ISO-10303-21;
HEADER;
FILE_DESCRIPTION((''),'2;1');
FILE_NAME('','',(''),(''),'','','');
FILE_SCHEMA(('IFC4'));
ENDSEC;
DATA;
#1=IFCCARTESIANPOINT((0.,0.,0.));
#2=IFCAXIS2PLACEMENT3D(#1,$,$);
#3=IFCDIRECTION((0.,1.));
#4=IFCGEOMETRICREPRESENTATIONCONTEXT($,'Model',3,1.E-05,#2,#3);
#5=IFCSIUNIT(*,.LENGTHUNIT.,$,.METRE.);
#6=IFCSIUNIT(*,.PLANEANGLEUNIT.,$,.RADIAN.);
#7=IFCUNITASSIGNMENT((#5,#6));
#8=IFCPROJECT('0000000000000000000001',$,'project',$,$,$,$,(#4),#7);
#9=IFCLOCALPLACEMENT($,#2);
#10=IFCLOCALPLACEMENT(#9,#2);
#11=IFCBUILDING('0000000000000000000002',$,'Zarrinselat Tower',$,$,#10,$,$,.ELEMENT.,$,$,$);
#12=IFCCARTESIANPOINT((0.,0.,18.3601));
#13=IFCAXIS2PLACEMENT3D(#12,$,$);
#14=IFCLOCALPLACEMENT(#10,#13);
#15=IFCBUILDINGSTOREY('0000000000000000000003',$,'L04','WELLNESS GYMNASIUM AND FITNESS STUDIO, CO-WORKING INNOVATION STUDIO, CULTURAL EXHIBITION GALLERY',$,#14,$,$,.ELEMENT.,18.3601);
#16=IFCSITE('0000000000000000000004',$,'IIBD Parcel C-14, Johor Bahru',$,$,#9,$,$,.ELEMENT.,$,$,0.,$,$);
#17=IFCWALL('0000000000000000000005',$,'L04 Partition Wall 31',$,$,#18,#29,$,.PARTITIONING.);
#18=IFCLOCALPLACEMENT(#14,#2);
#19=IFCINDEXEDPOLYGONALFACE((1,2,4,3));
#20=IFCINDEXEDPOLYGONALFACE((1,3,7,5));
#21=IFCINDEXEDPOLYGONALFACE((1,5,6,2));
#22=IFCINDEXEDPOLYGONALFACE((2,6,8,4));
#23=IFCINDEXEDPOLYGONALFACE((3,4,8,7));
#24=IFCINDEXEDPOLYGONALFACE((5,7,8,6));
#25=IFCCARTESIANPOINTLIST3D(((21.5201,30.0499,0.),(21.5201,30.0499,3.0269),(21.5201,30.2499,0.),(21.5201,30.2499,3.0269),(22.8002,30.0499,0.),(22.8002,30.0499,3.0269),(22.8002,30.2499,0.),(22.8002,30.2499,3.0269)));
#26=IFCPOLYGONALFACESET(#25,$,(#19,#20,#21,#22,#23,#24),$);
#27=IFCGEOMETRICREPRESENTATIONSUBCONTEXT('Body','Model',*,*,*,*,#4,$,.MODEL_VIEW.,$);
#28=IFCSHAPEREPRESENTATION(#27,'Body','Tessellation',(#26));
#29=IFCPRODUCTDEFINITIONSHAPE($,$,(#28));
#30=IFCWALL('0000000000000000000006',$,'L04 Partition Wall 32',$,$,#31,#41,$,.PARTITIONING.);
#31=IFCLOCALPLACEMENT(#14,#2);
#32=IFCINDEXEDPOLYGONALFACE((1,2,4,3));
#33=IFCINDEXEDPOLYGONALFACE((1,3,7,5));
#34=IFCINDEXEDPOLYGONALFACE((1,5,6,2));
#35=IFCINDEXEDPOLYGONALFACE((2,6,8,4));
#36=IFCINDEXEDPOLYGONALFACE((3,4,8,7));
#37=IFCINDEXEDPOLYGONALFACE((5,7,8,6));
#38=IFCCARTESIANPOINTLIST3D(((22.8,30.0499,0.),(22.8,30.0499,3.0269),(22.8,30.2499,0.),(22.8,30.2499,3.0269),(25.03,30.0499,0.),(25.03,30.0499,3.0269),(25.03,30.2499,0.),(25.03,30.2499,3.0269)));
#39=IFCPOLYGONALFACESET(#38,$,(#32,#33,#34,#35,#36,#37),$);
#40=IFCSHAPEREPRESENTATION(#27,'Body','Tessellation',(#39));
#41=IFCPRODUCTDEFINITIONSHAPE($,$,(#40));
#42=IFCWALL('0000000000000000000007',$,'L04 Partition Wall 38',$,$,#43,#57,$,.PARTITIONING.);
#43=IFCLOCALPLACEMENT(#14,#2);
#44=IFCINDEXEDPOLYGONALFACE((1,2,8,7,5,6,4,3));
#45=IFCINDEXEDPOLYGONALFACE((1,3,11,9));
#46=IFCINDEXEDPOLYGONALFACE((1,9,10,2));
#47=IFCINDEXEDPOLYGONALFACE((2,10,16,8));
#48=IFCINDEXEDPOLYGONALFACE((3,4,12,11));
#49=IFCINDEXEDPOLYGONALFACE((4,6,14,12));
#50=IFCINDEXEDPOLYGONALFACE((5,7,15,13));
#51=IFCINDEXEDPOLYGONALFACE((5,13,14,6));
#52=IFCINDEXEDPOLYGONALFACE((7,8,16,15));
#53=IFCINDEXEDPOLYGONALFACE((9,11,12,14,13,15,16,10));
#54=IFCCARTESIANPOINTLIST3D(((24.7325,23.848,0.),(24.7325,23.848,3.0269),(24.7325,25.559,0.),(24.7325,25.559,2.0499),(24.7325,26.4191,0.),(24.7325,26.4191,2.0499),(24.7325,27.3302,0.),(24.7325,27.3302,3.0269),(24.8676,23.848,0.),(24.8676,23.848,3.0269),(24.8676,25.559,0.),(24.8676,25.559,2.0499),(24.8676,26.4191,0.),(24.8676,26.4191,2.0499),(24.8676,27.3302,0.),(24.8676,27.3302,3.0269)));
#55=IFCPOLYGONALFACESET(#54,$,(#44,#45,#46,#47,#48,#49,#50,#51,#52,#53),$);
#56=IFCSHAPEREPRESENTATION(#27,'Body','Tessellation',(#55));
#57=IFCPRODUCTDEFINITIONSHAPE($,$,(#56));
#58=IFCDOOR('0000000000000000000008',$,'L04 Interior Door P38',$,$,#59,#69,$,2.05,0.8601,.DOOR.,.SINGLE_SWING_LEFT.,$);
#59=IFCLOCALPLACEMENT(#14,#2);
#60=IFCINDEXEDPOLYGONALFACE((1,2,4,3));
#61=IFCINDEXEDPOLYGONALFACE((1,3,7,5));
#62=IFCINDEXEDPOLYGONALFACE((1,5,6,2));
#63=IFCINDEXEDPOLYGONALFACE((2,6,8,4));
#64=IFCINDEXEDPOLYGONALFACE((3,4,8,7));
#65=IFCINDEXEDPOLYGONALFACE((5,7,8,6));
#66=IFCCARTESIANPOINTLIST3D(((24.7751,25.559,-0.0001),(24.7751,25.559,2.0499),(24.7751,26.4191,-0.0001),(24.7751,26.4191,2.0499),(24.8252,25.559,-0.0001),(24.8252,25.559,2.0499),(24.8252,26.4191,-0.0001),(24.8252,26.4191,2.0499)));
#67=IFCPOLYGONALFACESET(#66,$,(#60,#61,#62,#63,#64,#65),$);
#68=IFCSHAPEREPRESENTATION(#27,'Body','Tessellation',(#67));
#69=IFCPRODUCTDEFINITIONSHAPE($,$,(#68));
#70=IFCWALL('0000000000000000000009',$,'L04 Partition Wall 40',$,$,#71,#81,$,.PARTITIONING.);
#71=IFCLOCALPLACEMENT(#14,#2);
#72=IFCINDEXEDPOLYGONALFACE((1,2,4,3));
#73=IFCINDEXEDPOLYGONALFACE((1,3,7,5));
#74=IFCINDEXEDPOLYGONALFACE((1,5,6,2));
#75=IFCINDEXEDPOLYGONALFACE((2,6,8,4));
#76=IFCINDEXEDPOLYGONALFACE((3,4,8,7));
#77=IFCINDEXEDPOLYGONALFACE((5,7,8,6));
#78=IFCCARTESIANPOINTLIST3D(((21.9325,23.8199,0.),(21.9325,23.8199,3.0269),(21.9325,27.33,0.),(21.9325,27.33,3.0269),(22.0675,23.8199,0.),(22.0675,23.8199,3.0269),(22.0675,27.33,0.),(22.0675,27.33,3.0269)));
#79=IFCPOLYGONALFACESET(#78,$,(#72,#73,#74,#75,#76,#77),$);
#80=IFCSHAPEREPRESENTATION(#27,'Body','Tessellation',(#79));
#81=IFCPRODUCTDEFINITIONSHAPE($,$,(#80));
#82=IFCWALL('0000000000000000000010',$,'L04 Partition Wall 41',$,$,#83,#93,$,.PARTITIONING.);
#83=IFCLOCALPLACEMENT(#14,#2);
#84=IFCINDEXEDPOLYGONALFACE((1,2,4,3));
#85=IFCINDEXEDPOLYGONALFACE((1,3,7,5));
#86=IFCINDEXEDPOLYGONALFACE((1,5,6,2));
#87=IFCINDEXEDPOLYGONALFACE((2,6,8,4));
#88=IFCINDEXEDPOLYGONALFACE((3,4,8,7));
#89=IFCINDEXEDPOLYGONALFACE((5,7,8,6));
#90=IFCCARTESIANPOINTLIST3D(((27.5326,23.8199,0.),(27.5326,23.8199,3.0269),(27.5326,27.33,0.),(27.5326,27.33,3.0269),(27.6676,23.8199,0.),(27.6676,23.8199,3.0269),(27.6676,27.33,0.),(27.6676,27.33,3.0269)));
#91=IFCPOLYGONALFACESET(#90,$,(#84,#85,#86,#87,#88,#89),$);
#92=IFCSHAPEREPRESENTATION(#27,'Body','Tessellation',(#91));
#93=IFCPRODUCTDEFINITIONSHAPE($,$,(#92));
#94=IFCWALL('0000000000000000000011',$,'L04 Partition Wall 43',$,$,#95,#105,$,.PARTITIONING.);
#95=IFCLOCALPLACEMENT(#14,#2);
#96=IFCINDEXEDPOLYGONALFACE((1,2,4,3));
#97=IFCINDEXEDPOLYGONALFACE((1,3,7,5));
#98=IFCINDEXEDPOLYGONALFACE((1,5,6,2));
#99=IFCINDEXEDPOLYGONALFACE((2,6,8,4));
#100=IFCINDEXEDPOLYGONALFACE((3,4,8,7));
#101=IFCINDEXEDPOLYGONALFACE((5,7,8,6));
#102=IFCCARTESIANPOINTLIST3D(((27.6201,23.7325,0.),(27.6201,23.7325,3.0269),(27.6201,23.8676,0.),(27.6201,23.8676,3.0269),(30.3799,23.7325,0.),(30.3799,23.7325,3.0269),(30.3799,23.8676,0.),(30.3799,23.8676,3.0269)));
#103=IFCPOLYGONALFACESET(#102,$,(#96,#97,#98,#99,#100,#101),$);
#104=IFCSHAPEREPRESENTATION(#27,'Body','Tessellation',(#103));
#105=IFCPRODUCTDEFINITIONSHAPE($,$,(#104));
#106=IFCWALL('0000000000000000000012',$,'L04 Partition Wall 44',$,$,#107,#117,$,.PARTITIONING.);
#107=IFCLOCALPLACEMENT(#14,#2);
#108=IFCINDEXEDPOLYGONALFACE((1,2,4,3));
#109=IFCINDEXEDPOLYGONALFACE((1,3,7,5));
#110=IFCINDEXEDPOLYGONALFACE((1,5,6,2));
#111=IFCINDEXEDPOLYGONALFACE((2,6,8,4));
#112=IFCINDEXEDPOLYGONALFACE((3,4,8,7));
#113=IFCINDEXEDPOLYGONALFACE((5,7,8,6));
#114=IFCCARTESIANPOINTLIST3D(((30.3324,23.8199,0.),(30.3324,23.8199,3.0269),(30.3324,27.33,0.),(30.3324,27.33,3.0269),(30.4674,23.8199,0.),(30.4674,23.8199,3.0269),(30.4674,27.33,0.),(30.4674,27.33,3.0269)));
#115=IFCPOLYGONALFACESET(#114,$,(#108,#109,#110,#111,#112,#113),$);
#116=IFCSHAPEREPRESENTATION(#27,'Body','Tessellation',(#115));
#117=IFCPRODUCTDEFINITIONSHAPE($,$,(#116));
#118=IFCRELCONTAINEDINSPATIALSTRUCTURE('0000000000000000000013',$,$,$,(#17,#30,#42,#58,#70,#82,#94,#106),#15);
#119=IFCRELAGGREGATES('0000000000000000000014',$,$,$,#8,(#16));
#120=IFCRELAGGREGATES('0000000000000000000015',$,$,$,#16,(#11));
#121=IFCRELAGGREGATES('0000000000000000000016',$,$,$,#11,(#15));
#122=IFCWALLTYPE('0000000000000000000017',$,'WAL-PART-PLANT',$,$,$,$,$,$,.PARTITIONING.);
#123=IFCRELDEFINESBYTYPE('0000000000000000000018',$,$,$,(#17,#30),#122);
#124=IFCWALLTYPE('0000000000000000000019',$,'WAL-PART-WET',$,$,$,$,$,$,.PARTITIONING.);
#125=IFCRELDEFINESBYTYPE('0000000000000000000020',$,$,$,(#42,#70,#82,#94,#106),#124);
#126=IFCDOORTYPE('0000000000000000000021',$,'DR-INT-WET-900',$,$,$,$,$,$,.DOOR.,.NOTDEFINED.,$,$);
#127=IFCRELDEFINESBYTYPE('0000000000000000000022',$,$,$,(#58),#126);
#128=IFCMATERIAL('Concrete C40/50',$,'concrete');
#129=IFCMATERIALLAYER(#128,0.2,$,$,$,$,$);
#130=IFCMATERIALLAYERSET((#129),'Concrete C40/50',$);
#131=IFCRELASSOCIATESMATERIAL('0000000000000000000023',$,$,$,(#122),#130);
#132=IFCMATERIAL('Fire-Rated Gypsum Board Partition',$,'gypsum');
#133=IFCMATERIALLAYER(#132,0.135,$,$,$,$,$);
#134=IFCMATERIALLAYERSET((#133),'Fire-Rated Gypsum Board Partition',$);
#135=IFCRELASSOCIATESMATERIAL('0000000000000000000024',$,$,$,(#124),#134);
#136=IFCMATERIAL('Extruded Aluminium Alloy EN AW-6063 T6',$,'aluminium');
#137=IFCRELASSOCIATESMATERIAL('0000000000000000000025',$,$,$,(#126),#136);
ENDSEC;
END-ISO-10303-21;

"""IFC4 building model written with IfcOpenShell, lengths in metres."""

from ifc_helpers import new_model, si_unit, direction, frame, frame_2d, origin, place, context, subcontext, project, spatial, rectangle, extrude, material, layer, layer_set, type_object, element, fill, save


model = new_model("IFC4")

# Units and contexts
model_context = context("Model", 3, precision=1e-05, world=origin(), true_north=direction((0.0, 1.0)))
body_context = subcontext(model_context, "Body", "Model", "MODEL_VIEW")
ifc_project = project(units=[si_unit("LENGTHUNIT", "METRE"), si_unit("PLANEANGLEUNIT", "RADIAN")], contexts=[model_context])

# Site, building, storey
site_placement = place(None, origin())
site = spatial("IfcSite", under=ifc_project, at=site_placement, Name="IIBD Parcel C-14, Johor Bahru", CompositionType="ELEMENT", RefElevation=0.0)
building_placement = place(site_placement, origin())
building = spatial("IfcBuilding", under=site, at=building_placement, Name="Zarrinselat Tower", CompositionType="ELEMENT")
storey_placement = place(building_placement, frame((0.0, 0.0, 18.3601)))
storey = spatial("IfcBuildingStorey", under=building, at=storey_placement, Name="L04", Description="WELLNESS GYMNASIUM AND FITNESS STUDIO, CO-WORKING INNOVATION STUDIO, CULTURAL EXHIBITION GALLERY", CompositionType="ELEMENT", Elevation=18.3601)

# Shared definitions
ifc_material_1 = material(Name="Concrete C40/50", Category="concrete")
ifc_layer_1 = layer(ifc_material_1, 0.2)
ifc_layer_set_1 = layer_set([ifc_layer_1], Name="Concrete C40/50")
wall_type_1 = type_object("IfcWallType", Name="WAL-PART-PLANT", PredefinedType="PARTITIONING", material=ifc_layer_set_1)

# Walls
wall_1_placement = place(storey_placement, frame((21.52, 30.1499, 0.0), z_axis=(0.0, 0.0, 1.0), x_axis=(1.0, 0.0, 0.0)))
element("IfcWall", 1, at=wall_1_placement, inside=storey, type_object=wall_type_1, Name="L04 Partition Wall 31", PredefinedType="PARTITIONING", context=body_context, shape_type="SweptSolid", body=[
    extrude(rectangle(XDim=1.28, YDim=0.2, at=frame_2d((0.6401, 0.0))), origin(), (0.0, 0.0, 1.0), 3.0269),
])
wall_2_placement = place(storey_placement, frame((22.8, 30.1499, 0.0), z_axis=(0.0, 0.0, 1.0), x_axis=(1.0, 0.0, 0.0)))
element("IfcWall", 2, at=wall_2_placement, inside=storey, type_object=wall_type_1, Name="L04 Partition Wall 32", PredefinedType="PARTITIONING", context=body_context, shape_type="SweptSolid", body=[
    extrude(rectangle(XDim=2.23, YDim=0.2, at=frame_2d((1.115, 0.0))), origin(), (0.0, 0.0, 1.0), 3.0269),
])

# Wall, opening, door
ifc_material_2 = material(Name="Fire-Rated Gypsum Board Partition", Category="gypsum")
ifc_layer_2 = layer(ifc_material_2, 0.135)
ifc_layer_set_2 = layer_set([ifc_layer_2], Name="Fire-Rated Gypsum Board Partition")
wall_type_2 = type_object("IfcWallType", Name="WAL-PART-WET", PredefinedType="PARTITIONING", material=ifc_layer_set_2)
wall_3_placement = place(storey_placement, frame((24.8, 23.8479, 0.0), z_axis=(0.0, 0.0, 1.0), x_axis=(0.0, 1.0, 0.0)))
wall_3 = element("IfcWall", 3, at=wall_3_placement, inside=storey, type_object=wall_type_2, Name="L04 Partition Wall 38", PredefinedType="PARTITIONING", context=body_context, shape_type="SweptSolid", body=[
    extrude(rectangle(XDim=3.4822, YDim=0.135, at=frame_2d((1.7412, 0.0))), origin(), (0.0, 0.0, 1.0), 3.0269),
])
opening_1_placement = place(wall_3_placement, frame((1.7109, 0.0, 0.0)))
opening_1 = element("IfcOpeningElement", 4, at=opening_1_placement, cuts=wall_3, PredefinedType="OPENING", context=body_context, shape_type="SweptSolid", body=[
    extrude(rectangle(XDim=0.8601, YDim=2.05, at=frame_2d((0.4302, 1.0249))), frame((0.0, 0.0774, 0.0), z_axis=(0.0, -1.0, 0.0), x_axis=(1.0, 0.0, 0.0)), (0.0, 0.0, 1.0), 0.155),
])
ifc_material_3 = material(Name="Extruded Aluminium Alloy EN AW-6063 T6", Category="aluminium")
door_type_1 = type_object("IfcDoorType", Name="DR-INT-WET-900", OperationType="NOTDEFINED", PredefinedType="DOOR", material=ifc_material_3)
door_1_placement = place(opening_1_placement, origin())
door_1 = element("IfcDoor", 5, at=door_1_placement, inside=storey, type_object=door_type_1, Name="L04 Interior Door P38", OperationType="SINGLE_SWING_LEFT", OverallHeight=2.05, OverallWidth=0.8601, PredefinedType="DOOR", context=body_context, shape_type="SweptSolid", body=[
    extrude(rectangle(XDim=0.8601, YDim=2.05, at=frame_2d((0.4302, 1.0249))), frame((0.0, 0.0249, 0.0), z_axis=(0.0, -1.0, 0.0), x_axis=(1.0, 0.0, 0.0)), (0.0, 0.0, 1.0), 0.05),
])
fill(opening_1, door_1)

# Walls
for number, where, z_axis, x_axis, name in (
    (6, (22.0, 23.8201, 0.0), (0.0, 0.0, 1.0), (0.0, 1.0, 0.0), "L04 Partition Wall 40"),
    (7, (27.6001, 23.8201, 0.0), (0.0, 0.0, 1.0), (0.0, 1.0, 0.0), "L04 Partition Wall 41"),
):
    element("IfcWall", number, at=place(storey_placement, frame(where, z_axis=z_axis, x_axis=x_axis)), inside=storey, type_object=wall_type_2, Name=name, PredefinedType="PARTITIONING", context=body_context, shape_type="SweptSolid", body=[
        extrude(rectangle(XDim=3.51, YDim=0.135, at=frame_2d((1.7549, 0.0))), origin(), (0.0, 0.0, 1.0), 3.0269),
    ])
wall_4_placement = place(storey_placement, frame((27.6201, 23.8, 0.0), z_axis=(0.0, 0.0, 1.0), x_axis=(1.0, 0.0, 0.0)))
element("IfcWall", 8, at=wall_4_placement, inside=storey, type_object=wall_type_2, Name="L04 Partition Wall 43", PredefinedType="PARTITIONING", context=body_context, shape_type="SweptSolid", body=[
    extrude(rectangle(XDim=2.7598, YDim=0.135, at=frame_2d((1.3799, 0.0))), origin(), (0.0, 0.0, 1.0), 3.0269),
])
wall_5_placement = place(storey_placement, frame((30.3999, 23.8201, 0.0), z_axis=(0.0, 0.0, 1.0), x_axis=(0.0, 1.0, 0.0)))
element("IfcWall", 9, at=wall_5_placement, inside=storey, type_object=wall_type_2, Name="L04 Partition Wall 44", PredefinedType="PARTITIONING", context=body_context, shape_type="SweptSolid", body=[
    extrude(rectangle(XDim=3.51, YDim=0.135, at=frame_2d((1.7549, 0.0))), origin(), (0.0, 0.0, 1.0), 3.0269),
])

save(model, "model.ifc")
